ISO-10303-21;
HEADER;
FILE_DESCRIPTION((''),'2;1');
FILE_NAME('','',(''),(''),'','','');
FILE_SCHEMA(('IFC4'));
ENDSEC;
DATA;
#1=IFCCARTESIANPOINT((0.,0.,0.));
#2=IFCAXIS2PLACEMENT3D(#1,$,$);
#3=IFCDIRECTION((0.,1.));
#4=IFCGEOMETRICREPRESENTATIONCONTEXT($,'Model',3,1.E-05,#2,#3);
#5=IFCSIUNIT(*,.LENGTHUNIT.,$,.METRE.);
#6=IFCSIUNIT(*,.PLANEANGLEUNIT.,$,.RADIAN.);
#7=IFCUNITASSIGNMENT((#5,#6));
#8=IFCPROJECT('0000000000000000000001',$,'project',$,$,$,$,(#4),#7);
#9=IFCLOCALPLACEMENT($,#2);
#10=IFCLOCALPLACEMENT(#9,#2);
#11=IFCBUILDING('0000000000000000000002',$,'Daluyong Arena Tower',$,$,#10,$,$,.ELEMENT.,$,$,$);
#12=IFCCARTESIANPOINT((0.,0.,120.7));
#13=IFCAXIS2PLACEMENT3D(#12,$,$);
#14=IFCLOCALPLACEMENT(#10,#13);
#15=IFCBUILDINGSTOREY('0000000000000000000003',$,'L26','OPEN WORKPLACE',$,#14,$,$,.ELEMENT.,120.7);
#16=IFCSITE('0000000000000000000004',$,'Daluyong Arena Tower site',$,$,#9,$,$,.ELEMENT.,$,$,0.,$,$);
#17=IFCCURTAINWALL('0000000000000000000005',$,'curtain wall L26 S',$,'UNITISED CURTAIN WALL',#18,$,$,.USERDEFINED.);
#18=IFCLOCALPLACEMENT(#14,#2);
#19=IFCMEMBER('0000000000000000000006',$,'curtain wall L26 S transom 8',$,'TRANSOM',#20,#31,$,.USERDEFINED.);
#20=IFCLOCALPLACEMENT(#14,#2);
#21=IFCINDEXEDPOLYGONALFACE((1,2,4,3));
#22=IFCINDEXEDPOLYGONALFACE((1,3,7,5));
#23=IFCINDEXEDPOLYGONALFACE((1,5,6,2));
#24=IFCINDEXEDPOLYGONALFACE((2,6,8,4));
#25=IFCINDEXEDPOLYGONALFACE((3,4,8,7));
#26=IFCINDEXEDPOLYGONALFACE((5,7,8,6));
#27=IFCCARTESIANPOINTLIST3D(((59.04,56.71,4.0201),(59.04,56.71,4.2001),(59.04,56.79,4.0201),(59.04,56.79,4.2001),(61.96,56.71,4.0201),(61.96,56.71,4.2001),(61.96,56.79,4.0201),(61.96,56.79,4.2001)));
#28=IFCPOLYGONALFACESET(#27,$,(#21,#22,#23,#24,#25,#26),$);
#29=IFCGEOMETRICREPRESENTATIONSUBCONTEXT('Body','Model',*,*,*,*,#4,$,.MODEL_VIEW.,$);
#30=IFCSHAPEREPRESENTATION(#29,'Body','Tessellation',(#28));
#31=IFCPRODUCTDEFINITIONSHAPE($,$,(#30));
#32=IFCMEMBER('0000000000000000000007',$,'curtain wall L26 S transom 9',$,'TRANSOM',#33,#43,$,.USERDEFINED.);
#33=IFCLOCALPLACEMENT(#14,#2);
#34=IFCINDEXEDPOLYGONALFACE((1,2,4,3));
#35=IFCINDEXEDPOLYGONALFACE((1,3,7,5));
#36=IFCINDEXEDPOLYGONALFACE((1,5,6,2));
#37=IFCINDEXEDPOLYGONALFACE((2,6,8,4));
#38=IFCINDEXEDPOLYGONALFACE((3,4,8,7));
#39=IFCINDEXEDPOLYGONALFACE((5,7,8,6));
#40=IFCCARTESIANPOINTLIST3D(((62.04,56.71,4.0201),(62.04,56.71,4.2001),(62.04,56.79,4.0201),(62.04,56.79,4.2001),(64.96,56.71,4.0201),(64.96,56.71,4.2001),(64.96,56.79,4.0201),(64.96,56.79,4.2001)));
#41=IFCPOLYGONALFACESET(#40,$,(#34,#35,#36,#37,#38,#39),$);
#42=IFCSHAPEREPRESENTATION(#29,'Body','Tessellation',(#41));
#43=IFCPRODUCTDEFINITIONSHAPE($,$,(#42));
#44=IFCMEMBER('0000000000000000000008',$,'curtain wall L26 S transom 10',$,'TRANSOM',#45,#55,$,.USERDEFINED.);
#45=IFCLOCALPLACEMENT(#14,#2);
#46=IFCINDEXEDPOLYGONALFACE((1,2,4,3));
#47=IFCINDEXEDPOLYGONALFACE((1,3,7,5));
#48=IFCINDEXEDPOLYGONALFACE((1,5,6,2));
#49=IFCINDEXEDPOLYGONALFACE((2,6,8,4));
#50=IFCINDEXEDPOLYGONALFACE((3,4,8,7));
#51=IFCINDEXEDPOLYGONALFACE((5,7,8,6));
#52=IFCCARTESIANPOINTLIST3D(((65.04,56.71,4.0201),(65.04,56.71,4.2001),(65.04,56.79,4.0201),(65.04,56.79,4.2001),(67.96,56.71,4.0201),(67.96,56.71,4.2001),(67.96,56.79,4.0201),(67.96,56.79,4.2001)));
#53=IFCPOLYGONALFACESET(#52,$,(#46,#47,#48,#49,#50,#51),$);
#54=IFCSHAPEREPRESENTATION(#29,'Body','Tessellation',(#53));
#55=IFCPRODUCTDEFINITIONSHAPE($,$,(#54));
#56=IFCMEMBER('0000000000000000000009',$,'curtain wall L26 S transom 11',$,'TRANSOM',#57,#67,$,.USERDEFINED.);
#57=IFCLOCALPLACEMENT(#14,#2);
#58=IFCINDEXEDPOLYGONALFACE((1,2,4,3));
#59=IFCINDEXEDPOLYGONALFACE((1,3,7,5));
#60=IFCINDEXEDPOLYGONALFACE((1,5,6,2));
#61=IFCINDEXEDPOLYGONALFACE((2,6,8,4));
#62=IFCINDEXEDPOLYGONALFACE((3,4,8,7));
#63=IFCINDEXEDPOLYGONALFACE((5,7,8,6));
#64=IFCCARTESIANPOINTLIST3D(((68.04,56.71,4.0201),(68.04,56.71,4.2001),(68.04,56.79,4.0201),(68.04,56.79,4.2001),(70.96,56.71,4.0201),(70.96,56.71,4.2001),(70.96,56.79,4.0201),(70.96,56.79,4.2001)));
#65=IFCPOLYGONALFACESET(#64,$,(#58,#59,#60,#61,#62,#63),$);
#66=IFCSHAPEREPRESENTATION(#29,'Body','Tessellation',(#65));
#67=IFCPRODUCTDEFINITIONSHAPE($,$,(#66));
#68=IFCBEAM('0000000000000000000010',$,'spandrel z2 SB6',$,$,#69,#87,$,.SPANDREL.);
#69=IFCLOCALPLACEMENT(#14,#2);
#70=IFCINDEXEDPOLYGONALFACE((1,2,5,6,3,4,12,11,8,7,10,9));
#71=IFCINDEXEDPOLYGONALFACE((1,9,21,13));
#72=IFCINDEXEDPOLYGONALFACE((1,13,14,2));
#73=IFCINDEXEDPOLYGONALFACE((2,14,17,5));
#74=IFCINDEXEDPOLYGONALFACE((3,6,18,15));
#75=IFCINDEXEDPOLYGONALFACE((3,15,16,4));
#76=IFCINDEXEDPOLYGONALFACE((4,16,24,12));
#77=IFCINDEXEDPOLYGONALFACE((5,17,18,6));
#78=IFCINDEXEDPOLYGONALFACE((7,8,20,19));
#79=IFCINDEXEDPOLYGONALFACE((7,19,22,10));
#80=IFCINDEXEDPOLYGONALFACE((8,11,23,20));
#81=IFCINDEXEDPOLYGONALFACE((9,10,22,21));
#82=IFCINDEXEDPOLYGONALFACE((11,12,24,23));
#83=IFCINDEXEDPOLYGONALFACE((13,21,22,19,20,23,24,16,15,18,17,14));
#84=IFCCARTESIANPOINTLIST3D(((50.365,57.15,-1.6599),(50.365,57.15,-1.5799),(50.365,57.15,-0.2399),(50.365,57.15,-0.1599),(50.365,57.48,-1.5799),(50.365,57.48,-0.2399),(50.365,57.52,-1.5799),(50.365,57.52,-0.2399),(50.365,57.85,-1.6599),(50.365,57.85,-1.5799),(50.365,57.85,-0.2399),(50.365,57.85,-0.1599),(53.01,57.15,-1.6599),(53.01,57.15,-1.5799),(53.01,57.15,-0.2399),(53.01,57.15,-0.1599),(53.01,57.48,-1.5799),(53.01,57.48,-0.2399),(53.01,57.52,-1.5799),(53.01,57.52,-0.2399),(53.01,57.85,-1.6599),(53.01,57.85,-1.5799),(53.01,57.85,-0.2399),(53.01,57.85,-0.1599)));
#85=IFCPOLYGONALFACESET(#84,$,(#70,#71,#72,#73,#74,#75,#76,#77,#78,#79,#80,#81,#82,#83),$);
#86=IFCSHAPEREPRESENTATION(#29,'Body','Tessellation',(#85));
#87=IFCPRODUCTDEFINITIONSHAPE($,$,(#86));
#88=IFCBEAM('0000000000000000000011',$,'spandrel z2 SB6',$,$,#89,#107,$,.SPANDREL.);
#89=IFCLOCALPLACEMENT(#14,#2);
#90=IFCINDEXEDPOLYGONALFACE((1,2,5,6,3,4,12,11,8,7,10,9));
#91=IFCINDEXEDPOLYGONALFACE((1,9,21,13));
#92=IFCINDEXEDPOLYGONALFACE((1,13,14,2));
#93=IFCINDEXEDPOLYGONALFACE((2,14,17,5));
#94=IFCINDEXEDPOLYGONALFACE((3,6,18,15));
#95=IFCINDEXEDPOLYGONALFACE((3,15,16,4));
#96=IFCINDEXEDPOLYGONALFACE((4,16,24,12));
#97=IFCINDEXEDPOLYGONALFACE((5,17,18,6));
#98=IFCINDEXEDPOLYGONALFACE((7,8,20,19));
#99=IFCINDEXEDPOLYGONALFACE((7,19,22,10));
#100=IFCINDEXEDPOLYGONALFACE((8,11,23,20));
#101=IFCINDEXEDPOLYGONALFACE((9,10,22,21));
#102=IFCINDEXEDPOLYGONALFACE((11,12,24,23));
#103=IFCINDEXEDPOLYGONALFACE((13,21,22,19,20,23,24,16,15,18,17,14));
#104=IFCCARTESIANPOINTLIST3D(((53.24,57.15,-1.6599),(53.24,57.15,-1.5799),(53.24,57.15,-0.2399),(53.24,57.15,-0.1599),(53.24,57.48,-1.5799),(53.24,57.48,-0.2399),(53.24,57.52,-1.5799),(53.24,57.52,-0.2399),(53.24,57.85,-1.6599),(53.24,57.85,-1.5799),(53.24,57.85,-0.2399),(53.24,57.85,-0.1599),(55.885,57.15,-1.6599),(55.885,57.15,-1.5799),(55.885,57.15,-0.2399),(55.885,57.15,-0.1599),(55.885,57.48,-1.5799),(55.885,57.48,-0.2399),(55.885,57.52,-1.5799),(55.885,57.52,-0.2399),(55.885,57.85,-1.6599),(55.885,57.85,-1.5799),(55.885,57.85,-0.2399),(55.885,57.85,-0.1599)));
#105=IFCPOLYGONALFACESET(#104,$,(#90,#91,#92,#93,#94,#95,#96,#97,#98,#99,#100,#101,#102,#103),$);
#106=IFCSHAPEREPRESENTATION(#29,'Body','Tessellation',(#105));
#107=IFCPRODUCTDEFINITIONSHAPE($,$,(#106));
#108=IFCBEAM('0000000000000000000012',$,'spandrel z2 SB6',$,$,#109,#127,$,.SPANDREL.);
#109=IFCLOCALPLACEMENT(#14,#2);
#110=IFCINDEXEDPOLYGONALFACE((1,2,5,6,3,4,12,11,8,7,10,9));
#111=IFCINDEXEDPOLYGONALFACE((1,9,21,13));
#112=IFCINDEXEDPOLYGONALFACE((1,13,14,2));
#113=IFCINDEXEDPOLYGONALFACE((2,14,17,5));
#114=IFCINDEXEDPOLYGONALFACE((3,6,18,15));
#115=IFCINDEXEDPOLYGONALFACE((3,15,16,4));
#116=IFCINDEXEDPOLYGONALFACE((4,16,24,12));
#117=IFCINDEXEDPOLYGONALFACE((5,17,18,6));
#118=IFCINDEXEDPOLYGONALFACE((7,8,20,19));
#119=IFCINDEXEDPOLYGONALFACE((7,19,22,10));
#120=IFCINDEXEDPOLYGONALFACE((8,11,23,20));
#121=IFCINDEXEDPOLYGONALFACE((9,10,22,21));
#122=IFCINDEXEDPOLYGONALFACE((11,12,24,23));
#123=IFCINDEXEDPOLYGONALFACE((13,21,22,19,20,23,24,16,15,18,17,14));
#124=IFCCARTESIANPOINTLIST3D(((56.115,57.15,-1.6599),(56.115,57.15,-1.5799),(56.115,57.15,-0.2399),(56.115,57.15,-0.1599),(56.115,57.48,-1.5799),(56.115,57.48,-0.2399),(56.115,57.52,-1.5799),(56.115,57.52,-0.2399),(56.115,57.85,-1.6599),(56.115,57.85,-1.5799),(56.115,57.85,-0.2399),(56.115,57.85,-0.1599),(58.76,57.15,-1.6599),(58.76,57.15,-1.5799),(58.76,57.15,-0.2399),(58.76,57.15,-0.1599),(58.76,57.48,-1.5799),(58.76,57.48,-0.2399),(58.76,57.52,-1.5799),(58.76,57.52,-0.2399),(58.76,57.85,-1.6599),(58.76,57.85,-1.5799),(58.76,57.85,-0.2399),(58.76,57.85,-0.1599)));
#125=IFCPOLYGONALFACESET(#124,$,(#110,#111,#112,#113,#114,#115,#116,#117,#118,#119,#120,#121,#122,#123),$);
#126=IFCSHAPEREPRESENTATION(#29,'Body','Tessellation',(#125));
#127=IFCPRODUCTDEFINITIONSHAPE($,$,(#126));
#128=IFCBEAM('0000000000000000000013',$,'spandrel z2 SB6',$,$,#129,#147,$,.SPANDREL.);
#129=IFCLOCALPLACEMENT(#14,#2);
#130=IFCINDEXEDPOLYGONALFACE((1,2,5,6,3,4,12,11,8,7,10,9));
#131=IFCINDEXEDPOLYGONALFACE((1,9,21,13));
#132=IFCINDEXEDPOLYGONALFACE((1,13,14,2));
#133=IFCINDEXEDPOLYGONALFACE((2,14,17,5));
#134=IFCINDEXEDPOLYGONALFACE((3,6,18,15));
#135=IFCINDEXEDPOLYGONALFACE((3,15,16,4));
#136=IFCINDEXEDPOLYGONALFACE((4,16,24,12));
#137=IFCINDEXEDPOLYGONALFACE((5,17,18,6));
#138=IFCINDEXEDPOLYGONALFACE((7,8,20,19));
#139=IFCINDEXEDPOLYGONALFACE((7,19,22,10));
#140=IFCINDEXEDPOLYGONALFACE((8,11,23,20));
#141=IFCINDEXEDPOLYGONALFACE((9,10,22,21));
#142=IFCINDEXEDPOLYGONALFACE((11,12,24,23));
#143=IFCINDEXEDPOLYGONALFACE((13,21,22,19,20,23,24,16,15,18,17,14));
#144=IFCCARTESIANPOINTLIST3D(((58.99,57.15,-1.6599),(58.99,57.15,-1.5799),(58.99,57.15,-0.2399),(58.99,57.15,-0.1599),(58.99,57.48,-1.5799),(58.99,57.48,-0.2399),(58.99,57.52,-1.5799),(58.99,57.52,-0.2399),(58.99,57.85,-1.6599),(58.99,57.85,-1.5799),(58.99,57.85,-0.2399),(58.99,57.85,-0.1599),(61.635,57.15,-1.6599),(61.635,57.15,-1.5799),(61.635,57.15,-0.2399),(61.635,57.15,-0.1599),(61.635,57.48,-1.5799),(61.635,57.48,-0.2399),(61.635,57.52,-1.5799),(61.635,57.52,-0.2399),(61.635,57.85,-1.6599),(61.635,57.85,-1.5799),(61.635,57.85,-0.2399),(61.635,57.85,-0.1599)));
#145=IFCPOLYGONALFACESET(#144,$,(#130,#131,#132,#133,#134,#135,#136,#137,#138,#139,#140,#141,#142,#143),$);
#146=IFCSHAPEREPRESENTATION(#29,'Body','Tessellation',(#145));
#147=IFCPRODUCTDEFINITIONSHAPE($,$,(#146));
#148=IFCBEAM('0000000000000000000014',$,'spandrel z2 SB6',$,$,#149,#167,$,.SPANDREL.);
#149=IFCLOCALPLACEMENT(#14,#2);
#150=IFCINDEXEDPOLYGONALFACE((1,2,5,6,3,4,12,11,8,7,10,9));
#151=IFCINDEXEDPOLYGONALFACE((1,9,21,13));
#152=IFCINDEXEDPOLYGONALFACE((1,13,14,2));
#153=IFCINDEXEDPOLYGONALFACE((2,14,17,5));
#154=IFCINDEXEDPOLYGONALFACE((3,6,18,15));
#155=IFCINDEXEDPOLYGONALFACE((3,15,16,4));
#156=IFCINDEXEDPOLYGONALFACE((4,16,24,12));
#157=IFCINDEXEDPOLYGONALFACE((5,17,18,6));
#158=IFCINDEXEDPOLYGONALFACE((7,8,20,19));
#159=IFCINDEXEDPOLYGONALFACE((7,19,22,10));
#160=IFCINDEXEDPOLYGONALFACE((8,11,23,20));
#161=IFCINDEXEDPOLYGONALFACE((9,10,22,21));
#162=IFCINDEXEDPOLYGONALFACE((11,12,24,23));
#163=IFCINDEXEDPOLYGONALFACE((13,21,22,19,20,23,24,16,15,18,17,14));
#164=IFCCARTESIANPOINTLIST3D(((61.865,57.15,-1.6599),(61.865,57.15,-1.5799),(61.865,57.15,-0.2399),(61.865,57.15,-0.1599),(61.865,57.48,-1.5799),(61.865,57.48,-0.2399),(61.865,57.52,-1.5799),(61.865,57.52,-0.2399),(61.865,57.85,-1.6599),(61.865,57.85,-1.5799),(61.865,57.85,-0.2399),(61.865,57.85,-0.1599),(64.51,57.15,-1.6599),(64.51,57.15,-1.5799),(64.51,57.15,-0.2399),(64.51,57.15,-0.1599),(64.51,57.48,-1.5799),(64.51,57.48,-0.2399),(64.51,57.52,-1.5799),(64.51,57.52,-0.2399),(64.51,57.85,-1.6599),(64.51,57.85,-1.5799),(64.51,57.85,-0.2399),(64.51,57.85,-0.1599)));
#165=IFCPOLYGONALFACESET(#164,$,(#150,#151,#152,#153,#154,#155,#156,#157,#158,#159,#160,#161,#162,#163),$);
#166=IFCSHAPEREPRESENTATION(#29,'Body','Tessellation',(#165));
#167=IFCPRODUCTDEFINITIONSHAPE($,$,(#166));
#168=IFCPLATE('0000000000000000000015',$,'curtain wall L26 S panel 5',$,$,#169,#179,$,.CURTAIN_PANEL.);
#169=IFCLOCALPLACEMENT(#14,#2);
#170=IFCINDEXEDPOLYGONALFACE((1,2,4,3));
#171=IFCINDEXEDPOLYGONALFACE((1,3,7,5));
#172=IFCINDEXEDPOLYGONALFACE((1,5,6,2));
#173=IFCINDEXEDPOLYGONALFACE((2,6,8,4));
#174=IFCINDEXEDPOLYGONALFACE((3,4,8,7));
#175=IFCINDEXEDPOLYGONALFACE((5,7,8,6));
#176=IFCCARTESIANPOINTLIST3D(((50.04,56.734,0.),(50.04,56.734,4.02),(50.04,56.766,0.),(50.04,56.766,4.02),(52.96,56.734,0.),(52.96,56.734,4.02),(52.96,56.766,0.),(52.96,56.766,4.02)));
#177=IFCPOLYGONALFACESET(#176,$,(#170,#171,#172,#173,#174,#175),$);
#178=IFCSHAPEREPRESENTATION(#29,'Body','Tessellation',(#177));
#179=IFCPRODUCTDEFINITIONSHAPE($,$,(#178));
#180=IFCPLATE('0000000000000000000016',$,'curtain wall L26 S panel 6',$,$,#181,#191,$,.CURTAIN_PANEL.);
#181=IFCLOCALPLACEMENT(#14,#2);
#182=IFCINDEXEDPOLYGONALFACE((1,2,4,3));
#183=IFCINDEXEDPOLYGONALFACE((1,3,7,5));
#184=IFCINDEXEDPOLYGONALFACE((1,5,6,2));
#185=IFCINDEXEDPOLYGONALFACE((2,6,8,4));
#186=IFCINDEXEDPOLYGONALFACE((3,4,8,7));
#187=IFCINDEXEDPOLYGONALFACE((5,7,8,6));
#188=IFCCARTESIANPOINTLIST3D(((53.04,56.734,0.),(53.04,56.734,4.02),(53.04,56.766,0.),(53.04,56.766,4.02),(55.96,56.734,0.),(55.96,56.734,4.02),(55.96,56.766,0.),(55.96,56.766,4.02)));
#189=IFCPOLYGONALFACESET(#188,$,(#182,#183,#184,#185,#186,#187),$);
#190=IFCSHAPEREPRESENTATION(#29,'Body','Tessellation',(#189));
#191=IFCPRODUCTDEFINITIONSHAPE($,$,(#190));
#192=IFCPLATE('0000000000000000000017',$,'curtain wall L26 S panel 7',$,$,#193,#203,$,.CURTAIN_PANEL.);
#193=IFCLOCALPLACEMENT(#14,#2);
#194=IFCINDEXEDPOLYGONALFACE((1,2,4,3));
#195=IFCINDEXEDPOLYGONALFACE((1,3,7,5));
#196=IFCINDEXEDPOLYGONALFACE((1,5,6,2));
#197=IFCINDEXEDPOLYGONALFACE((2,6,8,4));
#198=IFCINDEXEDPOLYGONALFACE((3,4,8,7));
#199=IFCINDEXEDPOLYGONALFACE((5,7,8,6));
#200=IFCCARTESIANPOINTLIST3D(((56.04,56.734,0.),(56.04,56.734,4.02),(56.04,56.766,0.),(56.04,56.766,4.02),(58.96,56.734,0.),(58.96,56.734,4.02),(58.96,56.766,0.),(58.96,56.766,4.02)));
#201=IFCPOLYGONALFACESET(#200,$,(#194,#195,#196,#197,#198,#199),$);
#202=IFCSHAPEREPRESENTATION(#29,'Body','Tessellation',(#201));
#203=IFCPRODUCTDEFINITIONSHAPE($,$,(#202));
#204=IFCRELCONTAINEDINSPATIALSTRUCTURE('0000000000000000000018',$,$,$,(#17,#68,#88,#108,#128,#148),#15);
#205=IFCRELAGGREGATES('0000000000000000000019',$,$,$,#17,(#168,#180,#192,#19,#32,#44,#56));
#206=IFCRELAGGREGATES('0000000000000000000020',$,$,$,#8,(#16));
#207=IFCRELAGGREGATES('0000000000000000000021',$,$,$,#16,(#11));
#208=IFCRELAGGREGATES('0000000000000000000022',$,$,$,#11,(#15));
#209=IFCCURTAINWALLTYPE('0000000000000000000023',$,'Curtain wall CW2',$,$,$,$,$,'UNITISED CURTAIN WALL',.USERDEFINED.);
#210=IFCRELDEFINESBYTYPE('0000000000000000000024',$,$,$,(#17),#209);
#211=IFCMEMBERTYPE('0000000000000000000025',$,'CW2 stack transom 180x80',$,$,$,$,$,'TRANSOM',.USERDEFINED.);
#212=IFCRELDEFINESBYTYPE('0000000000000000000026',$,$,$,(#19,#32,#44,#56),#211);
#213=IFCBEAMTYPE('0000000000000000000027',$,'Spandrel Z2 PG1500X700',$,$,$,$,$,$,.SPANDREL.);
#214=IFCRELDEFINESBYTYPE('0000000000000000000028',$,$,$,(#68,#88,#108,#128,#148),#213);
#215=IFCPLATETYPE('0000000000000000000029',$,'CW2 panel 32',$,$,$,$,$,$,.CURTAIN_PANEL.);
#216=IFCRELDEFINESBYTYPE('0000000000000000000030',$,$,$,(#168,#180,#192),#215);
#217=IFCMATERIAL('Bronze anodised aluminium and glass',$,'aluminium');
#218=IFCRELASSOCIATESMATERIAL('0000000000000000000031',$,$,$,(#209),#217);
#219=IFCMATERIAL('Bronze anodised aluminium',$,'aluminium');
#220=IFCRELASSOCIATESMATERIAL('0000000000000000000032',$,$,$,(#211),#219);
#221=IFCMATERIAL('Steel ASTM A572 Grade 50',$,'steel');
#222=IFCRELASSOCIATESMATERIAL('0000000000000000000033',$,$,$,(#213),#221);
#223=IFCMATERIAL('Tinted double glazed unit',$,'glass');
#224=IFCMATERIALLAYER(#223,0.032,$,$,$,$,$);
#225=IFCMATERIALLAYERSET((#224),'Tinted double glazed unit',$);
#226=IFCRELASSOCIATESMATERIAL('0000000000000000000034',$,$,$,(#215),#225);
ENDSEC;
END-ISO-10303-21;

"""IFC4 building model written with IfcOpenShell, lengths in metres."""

from ifc_helpers import new_model, si_unit, direction, frame, origin, origin_2d, place, context, subcontext, project, spatial, rectangle, i_section, extrude, material, layer, layer_set, material_profile, profile_set, type_object, element, aggregate, save


model = new_model("IFC4")

# Units and contexts
model_context = context("Model", 3, precision=1e-05, world=origin(), true_north=direction((0.0, 1.0)))
body_context = subcontext(model_context, "Body", "Model", "MODEL_VIEW")
ifc_project = project(units=[si_unit("LENGTHUNIT", "METRE"), si_unit("PLANEANGLEUNIT", "RADIAN")], contexts=[model_context])

# Site, building, storey
site_placement = place(None, origin())
site = spatial("IfcSite", under=ifc_project, at=site_placement, Name="Daluyong Arena Tower site", CompositionType="ELEMENT", RefElevation=0.0)
building_placement = place(site_placement, origin())
building = spatial("IfcBuilding", under=site, at=building_placement, Name="Daluyong Arena Tower", CompositionType="ELEMENT")
storey_placement = place(building_placement, frame((0.0, 0.0, 120.7)))
storey = spatial("IfcBuildingStorey", under=building, at=storey_placement, Name="L26", Description="OPEN WORKPLACE", CompositionType="ELEMENT", Elevation=120.7)

# Curtain wall, members
ifc_material_1 = material(Name="Bronze anodised aluminium and glass", Category="aluminium")
curtain_wall_type = type_object("IfcCurtainWallType", Name="Curtain wall CW2", ElementType="UNITISED CURTAIN WALL", PredefinedType="USERDEFINED", material=ifc_material_1)
curtain_wall_placement = place(storey_placement, origin())
curtain_wall = element("IfcCurtainWall", 1, at=curtain_wall_placement, inside=storey, type_object=curtain_wall_type, Name="curtain wall L26 S", ObjectType="UNITISED CURTAIN WALL", PredefinedType="USERDEFINED")
ifc_material_2 = material(Name="Bronze anodised aluminium", Category="aluminium")
ifc_material_profile_1 = material_profile(ifc_material_2, rectangle(XDim=0.0801, YDim=0.1799, at=origin_2d()))
ifc_profile_set_1 = profile_set([ifc_material_profile_1], Name="Bronze anodised aluminium")
member_type_1 = type_object("IfcMemberType", Name="CW2 stack transom 180x80", ElementType="TRANSOM", PredefinedType="USERDEFINED", material=ifc_profile_set_1)
member_1_placement = place(storey_placement, frame((59.04, 56.75, 4.1101), z_axis=(1.0, 0.0, 0.0), x_axis=(0.0, 1.0, 0.0)))
member_1 = element("IfcMember", 2, at=member_1_placement, type_object=member_type_1, Name="curtain wall L26 S transom 8", ObjectType="TRANSOM", PredefinedType="USERDEFINED", context=body_context, shape_type="SweptSolid", body=[
    extrude(rectangle(XDim=0.0801, YDim=0.1799, at=origin_2d()), origin(), (0.0, 0.0, 1.0), 2.9199),
])
member_2_placement = place(storey_placement, frame((62.04, 56.75, 4.1101), z_axis=(1.0, 0.0, 0.0), x_axis=(0.0, 1.0, 0.0)))
member_2 = element("IfcMember", 3, at=member_2_placement, type_object=member_type_1, Name="curtain wall L26 S transom 9", ObjectType="TRANSOM", PredefinedType="USERDEFINED", context=body_context, shape_type="SweptSolid", body=[
    extrude(rectangle(XDim=0.0801, YDim=0.1799, at=origin_2d()), origin(), (0.0, 0.0, 1.0), 2.9199),
])
member_3_placement = place(storey_placement, frame((65.04, 56.75, 4.1101), z_axis=(1.0, 0.0, 0.0), x_axis=(0.0, 1.0, 0.0)))
member_3 = element("IfcMember", 4, at=member_3_placement, type_object=member_type_1, Name="curtain wall L26 S transom 10", ObjectType="TRANSOM", PredefinedType="USERDEFINED", context=body_context, shape_type="SweptSolid", body=[
    extrude(rectangle(XDim=0.0801, YDim=0.1799, at=origin_2d()), origin(), (0.0, 0.0, 1.0), 2.9199),
])
member_4_placement = place(storey_placement, frame((68.04, 56.75, 4.1101), z_axis=(1.0, 0.0, 0.0), x_axis=(0.0, 1.0, 0.0)))
member_4 = element("IfcMember", 5, at=member_4_placement, type_object=member_type_1, Name="curtain wall L26 S transom 11", ObjectType="TRANSOM", PredefinedType="USERDEFINED", context=body_context, shape_type="SweptSolid", body=[
    extrude(rectangle(XDim=0.0801, YDim=0.1799, at=origin_2d()), origin(), (0.0, 0.0, 1.0), 2.9199),
])

# Beams
ifc_material_3 = material(Name="Steel ASTM A572 Grade 50", Category="steel")
ifc_material_profile_2 = material_profile(ifc_material_3, i_section(OverallWidth=0.7, OverallDepth=1.5, WebThickness=0.04, FlangeThickness=0.08, at=origin_2d()))
ifc_profile_set_2 = profile_set([ifc_material_profile_2], Name="Steel ASTM A572 Grade 50")
beam_type = type_object("IfcBeamType", Name="Spandrel Z2 PG1500X700", PredefinedType="SPANDREL", material=ifc_profile_set_2)
for number, where, z_axis, x_axis, name in (
    (6, (50.365, 57.5, -0.9099), (1.0, 0.0, 0.0), (0.0, 1.0, 0.0), "spandrel z2 SB6"),
    (7, (53.24, 57.5, -0.9099), (1.0, 0.0, 0.0), (0.0, 1.0, 0.0), "spandrel z2 SB6"),
    (8, (56.115, 57.5, -0.9099), (1.0, 0.0, 0.0), (0.0, 1.0, 0.0), "spandrel z2 SB6"),
    (9, (58.99, 57.5, -0.9099), (1.0, 0.0, 0.0), (0.0, 1.0, 0.0), "spandrel z2 SB6"),
    (10, (61.865, 57.5, -0.9099), (1.0, 0.0, 0.0), (0.0, 1.0, 0.0), "spandrel z2 SB6"),
):
    element("IfcBeam", number, at=place(storey_placement, frame(where, z_axis=z_axis, x_axis=x_axis)), inside=storey, type_object=beam_type, Name=name, PredefinedType="SPANDREL", context=body_context, shape_type="SweptSolid", body=[
        extrude(i_section(OverallWidth=0.7, OverallDepth=1.5, WebThickness=0.04, FlangeThickness=0.08, at=origin_2d()), origin(), (0.0, 0.0, 1.0), 2.645),
    ])

# Plates
ifc_material_4 = material(Name="Tinted double glazed unit", Category="glass")
ifc_layer = layer(ifc_material_4, 0.032)
ifc_layer_set = layer_set([ifc_layer], Name="Tinted double glazed unit")
plate_type = type_object("IfcPlateType", Name="CW2 panel 32", PredefinedType="CURTAIN_PANEL", material=ifc_layer_set)
plate_1_placement = place(storey_placement, frame((51.5, 56.75, 0.0), z_axis=(0.0, 0.0, 1.0), x_axis=(1.0, 0.0, 0.0)))
plate_1 = element("IfcPlate", 11, at=plate_1_placement, type_object=plate_type, Name="curtain wall L26 S panel 5", PredefinedType="CURTAIN_PANEL", context=body_context, shape_type="SweptSolid", body=[
    extrude(rectangle(XDim=2.9199, YDim=0.032, at=origin_2d()), origin(), (0.0, 0.0, 1.0), 4.02),
])
plate_2_placement = place(storey_placement, frame((54.5, 56.75, 0.0), z_axis=(0.0, 0.0, 1.0), x_axis=(1.0, 0.0, 0.0)))
plate_2 = element("IfcPlate", 12, at=plate_2_placement, type_object=plate_type, Name="curtain wall L26 S panel 6", PredefinedType="CURTAIN_PANEL", context=body_context, shape_type="SweptSolid", body=[
    extrude(rectangle(XDim=2.9199, YDim=0.032, at=origin_2d()), origin(), (0.0, 0.0, 1.0), 4.02),
])
plate_3_placement = place(storey_placement, frame((57.5, 56.75, 0.0), z_axis=(0.0, 0.0, 1.0), x_axis=(1.0, 0.0, 0.0)))
plate_3 = element("IfcPlate", 13, at=plate_3_placement, type_object=plate_type, Name="curtain wall L26 S panel 7", PredefinedType="CURTAIN_PANEL", context=body_context, shape_type="SweptSolid", body=[
    extrude(rectangle(XDim=2.9199, YDim=0.032, at=origin_2d()), origin(), (0.0, 0.0, 1.0), 4.02),
])
aggregate(curtain_wall, [plate_1, plate_2, plate_3, member_1, member_2, member_3, member_4])

save(model, "model.ifc")
